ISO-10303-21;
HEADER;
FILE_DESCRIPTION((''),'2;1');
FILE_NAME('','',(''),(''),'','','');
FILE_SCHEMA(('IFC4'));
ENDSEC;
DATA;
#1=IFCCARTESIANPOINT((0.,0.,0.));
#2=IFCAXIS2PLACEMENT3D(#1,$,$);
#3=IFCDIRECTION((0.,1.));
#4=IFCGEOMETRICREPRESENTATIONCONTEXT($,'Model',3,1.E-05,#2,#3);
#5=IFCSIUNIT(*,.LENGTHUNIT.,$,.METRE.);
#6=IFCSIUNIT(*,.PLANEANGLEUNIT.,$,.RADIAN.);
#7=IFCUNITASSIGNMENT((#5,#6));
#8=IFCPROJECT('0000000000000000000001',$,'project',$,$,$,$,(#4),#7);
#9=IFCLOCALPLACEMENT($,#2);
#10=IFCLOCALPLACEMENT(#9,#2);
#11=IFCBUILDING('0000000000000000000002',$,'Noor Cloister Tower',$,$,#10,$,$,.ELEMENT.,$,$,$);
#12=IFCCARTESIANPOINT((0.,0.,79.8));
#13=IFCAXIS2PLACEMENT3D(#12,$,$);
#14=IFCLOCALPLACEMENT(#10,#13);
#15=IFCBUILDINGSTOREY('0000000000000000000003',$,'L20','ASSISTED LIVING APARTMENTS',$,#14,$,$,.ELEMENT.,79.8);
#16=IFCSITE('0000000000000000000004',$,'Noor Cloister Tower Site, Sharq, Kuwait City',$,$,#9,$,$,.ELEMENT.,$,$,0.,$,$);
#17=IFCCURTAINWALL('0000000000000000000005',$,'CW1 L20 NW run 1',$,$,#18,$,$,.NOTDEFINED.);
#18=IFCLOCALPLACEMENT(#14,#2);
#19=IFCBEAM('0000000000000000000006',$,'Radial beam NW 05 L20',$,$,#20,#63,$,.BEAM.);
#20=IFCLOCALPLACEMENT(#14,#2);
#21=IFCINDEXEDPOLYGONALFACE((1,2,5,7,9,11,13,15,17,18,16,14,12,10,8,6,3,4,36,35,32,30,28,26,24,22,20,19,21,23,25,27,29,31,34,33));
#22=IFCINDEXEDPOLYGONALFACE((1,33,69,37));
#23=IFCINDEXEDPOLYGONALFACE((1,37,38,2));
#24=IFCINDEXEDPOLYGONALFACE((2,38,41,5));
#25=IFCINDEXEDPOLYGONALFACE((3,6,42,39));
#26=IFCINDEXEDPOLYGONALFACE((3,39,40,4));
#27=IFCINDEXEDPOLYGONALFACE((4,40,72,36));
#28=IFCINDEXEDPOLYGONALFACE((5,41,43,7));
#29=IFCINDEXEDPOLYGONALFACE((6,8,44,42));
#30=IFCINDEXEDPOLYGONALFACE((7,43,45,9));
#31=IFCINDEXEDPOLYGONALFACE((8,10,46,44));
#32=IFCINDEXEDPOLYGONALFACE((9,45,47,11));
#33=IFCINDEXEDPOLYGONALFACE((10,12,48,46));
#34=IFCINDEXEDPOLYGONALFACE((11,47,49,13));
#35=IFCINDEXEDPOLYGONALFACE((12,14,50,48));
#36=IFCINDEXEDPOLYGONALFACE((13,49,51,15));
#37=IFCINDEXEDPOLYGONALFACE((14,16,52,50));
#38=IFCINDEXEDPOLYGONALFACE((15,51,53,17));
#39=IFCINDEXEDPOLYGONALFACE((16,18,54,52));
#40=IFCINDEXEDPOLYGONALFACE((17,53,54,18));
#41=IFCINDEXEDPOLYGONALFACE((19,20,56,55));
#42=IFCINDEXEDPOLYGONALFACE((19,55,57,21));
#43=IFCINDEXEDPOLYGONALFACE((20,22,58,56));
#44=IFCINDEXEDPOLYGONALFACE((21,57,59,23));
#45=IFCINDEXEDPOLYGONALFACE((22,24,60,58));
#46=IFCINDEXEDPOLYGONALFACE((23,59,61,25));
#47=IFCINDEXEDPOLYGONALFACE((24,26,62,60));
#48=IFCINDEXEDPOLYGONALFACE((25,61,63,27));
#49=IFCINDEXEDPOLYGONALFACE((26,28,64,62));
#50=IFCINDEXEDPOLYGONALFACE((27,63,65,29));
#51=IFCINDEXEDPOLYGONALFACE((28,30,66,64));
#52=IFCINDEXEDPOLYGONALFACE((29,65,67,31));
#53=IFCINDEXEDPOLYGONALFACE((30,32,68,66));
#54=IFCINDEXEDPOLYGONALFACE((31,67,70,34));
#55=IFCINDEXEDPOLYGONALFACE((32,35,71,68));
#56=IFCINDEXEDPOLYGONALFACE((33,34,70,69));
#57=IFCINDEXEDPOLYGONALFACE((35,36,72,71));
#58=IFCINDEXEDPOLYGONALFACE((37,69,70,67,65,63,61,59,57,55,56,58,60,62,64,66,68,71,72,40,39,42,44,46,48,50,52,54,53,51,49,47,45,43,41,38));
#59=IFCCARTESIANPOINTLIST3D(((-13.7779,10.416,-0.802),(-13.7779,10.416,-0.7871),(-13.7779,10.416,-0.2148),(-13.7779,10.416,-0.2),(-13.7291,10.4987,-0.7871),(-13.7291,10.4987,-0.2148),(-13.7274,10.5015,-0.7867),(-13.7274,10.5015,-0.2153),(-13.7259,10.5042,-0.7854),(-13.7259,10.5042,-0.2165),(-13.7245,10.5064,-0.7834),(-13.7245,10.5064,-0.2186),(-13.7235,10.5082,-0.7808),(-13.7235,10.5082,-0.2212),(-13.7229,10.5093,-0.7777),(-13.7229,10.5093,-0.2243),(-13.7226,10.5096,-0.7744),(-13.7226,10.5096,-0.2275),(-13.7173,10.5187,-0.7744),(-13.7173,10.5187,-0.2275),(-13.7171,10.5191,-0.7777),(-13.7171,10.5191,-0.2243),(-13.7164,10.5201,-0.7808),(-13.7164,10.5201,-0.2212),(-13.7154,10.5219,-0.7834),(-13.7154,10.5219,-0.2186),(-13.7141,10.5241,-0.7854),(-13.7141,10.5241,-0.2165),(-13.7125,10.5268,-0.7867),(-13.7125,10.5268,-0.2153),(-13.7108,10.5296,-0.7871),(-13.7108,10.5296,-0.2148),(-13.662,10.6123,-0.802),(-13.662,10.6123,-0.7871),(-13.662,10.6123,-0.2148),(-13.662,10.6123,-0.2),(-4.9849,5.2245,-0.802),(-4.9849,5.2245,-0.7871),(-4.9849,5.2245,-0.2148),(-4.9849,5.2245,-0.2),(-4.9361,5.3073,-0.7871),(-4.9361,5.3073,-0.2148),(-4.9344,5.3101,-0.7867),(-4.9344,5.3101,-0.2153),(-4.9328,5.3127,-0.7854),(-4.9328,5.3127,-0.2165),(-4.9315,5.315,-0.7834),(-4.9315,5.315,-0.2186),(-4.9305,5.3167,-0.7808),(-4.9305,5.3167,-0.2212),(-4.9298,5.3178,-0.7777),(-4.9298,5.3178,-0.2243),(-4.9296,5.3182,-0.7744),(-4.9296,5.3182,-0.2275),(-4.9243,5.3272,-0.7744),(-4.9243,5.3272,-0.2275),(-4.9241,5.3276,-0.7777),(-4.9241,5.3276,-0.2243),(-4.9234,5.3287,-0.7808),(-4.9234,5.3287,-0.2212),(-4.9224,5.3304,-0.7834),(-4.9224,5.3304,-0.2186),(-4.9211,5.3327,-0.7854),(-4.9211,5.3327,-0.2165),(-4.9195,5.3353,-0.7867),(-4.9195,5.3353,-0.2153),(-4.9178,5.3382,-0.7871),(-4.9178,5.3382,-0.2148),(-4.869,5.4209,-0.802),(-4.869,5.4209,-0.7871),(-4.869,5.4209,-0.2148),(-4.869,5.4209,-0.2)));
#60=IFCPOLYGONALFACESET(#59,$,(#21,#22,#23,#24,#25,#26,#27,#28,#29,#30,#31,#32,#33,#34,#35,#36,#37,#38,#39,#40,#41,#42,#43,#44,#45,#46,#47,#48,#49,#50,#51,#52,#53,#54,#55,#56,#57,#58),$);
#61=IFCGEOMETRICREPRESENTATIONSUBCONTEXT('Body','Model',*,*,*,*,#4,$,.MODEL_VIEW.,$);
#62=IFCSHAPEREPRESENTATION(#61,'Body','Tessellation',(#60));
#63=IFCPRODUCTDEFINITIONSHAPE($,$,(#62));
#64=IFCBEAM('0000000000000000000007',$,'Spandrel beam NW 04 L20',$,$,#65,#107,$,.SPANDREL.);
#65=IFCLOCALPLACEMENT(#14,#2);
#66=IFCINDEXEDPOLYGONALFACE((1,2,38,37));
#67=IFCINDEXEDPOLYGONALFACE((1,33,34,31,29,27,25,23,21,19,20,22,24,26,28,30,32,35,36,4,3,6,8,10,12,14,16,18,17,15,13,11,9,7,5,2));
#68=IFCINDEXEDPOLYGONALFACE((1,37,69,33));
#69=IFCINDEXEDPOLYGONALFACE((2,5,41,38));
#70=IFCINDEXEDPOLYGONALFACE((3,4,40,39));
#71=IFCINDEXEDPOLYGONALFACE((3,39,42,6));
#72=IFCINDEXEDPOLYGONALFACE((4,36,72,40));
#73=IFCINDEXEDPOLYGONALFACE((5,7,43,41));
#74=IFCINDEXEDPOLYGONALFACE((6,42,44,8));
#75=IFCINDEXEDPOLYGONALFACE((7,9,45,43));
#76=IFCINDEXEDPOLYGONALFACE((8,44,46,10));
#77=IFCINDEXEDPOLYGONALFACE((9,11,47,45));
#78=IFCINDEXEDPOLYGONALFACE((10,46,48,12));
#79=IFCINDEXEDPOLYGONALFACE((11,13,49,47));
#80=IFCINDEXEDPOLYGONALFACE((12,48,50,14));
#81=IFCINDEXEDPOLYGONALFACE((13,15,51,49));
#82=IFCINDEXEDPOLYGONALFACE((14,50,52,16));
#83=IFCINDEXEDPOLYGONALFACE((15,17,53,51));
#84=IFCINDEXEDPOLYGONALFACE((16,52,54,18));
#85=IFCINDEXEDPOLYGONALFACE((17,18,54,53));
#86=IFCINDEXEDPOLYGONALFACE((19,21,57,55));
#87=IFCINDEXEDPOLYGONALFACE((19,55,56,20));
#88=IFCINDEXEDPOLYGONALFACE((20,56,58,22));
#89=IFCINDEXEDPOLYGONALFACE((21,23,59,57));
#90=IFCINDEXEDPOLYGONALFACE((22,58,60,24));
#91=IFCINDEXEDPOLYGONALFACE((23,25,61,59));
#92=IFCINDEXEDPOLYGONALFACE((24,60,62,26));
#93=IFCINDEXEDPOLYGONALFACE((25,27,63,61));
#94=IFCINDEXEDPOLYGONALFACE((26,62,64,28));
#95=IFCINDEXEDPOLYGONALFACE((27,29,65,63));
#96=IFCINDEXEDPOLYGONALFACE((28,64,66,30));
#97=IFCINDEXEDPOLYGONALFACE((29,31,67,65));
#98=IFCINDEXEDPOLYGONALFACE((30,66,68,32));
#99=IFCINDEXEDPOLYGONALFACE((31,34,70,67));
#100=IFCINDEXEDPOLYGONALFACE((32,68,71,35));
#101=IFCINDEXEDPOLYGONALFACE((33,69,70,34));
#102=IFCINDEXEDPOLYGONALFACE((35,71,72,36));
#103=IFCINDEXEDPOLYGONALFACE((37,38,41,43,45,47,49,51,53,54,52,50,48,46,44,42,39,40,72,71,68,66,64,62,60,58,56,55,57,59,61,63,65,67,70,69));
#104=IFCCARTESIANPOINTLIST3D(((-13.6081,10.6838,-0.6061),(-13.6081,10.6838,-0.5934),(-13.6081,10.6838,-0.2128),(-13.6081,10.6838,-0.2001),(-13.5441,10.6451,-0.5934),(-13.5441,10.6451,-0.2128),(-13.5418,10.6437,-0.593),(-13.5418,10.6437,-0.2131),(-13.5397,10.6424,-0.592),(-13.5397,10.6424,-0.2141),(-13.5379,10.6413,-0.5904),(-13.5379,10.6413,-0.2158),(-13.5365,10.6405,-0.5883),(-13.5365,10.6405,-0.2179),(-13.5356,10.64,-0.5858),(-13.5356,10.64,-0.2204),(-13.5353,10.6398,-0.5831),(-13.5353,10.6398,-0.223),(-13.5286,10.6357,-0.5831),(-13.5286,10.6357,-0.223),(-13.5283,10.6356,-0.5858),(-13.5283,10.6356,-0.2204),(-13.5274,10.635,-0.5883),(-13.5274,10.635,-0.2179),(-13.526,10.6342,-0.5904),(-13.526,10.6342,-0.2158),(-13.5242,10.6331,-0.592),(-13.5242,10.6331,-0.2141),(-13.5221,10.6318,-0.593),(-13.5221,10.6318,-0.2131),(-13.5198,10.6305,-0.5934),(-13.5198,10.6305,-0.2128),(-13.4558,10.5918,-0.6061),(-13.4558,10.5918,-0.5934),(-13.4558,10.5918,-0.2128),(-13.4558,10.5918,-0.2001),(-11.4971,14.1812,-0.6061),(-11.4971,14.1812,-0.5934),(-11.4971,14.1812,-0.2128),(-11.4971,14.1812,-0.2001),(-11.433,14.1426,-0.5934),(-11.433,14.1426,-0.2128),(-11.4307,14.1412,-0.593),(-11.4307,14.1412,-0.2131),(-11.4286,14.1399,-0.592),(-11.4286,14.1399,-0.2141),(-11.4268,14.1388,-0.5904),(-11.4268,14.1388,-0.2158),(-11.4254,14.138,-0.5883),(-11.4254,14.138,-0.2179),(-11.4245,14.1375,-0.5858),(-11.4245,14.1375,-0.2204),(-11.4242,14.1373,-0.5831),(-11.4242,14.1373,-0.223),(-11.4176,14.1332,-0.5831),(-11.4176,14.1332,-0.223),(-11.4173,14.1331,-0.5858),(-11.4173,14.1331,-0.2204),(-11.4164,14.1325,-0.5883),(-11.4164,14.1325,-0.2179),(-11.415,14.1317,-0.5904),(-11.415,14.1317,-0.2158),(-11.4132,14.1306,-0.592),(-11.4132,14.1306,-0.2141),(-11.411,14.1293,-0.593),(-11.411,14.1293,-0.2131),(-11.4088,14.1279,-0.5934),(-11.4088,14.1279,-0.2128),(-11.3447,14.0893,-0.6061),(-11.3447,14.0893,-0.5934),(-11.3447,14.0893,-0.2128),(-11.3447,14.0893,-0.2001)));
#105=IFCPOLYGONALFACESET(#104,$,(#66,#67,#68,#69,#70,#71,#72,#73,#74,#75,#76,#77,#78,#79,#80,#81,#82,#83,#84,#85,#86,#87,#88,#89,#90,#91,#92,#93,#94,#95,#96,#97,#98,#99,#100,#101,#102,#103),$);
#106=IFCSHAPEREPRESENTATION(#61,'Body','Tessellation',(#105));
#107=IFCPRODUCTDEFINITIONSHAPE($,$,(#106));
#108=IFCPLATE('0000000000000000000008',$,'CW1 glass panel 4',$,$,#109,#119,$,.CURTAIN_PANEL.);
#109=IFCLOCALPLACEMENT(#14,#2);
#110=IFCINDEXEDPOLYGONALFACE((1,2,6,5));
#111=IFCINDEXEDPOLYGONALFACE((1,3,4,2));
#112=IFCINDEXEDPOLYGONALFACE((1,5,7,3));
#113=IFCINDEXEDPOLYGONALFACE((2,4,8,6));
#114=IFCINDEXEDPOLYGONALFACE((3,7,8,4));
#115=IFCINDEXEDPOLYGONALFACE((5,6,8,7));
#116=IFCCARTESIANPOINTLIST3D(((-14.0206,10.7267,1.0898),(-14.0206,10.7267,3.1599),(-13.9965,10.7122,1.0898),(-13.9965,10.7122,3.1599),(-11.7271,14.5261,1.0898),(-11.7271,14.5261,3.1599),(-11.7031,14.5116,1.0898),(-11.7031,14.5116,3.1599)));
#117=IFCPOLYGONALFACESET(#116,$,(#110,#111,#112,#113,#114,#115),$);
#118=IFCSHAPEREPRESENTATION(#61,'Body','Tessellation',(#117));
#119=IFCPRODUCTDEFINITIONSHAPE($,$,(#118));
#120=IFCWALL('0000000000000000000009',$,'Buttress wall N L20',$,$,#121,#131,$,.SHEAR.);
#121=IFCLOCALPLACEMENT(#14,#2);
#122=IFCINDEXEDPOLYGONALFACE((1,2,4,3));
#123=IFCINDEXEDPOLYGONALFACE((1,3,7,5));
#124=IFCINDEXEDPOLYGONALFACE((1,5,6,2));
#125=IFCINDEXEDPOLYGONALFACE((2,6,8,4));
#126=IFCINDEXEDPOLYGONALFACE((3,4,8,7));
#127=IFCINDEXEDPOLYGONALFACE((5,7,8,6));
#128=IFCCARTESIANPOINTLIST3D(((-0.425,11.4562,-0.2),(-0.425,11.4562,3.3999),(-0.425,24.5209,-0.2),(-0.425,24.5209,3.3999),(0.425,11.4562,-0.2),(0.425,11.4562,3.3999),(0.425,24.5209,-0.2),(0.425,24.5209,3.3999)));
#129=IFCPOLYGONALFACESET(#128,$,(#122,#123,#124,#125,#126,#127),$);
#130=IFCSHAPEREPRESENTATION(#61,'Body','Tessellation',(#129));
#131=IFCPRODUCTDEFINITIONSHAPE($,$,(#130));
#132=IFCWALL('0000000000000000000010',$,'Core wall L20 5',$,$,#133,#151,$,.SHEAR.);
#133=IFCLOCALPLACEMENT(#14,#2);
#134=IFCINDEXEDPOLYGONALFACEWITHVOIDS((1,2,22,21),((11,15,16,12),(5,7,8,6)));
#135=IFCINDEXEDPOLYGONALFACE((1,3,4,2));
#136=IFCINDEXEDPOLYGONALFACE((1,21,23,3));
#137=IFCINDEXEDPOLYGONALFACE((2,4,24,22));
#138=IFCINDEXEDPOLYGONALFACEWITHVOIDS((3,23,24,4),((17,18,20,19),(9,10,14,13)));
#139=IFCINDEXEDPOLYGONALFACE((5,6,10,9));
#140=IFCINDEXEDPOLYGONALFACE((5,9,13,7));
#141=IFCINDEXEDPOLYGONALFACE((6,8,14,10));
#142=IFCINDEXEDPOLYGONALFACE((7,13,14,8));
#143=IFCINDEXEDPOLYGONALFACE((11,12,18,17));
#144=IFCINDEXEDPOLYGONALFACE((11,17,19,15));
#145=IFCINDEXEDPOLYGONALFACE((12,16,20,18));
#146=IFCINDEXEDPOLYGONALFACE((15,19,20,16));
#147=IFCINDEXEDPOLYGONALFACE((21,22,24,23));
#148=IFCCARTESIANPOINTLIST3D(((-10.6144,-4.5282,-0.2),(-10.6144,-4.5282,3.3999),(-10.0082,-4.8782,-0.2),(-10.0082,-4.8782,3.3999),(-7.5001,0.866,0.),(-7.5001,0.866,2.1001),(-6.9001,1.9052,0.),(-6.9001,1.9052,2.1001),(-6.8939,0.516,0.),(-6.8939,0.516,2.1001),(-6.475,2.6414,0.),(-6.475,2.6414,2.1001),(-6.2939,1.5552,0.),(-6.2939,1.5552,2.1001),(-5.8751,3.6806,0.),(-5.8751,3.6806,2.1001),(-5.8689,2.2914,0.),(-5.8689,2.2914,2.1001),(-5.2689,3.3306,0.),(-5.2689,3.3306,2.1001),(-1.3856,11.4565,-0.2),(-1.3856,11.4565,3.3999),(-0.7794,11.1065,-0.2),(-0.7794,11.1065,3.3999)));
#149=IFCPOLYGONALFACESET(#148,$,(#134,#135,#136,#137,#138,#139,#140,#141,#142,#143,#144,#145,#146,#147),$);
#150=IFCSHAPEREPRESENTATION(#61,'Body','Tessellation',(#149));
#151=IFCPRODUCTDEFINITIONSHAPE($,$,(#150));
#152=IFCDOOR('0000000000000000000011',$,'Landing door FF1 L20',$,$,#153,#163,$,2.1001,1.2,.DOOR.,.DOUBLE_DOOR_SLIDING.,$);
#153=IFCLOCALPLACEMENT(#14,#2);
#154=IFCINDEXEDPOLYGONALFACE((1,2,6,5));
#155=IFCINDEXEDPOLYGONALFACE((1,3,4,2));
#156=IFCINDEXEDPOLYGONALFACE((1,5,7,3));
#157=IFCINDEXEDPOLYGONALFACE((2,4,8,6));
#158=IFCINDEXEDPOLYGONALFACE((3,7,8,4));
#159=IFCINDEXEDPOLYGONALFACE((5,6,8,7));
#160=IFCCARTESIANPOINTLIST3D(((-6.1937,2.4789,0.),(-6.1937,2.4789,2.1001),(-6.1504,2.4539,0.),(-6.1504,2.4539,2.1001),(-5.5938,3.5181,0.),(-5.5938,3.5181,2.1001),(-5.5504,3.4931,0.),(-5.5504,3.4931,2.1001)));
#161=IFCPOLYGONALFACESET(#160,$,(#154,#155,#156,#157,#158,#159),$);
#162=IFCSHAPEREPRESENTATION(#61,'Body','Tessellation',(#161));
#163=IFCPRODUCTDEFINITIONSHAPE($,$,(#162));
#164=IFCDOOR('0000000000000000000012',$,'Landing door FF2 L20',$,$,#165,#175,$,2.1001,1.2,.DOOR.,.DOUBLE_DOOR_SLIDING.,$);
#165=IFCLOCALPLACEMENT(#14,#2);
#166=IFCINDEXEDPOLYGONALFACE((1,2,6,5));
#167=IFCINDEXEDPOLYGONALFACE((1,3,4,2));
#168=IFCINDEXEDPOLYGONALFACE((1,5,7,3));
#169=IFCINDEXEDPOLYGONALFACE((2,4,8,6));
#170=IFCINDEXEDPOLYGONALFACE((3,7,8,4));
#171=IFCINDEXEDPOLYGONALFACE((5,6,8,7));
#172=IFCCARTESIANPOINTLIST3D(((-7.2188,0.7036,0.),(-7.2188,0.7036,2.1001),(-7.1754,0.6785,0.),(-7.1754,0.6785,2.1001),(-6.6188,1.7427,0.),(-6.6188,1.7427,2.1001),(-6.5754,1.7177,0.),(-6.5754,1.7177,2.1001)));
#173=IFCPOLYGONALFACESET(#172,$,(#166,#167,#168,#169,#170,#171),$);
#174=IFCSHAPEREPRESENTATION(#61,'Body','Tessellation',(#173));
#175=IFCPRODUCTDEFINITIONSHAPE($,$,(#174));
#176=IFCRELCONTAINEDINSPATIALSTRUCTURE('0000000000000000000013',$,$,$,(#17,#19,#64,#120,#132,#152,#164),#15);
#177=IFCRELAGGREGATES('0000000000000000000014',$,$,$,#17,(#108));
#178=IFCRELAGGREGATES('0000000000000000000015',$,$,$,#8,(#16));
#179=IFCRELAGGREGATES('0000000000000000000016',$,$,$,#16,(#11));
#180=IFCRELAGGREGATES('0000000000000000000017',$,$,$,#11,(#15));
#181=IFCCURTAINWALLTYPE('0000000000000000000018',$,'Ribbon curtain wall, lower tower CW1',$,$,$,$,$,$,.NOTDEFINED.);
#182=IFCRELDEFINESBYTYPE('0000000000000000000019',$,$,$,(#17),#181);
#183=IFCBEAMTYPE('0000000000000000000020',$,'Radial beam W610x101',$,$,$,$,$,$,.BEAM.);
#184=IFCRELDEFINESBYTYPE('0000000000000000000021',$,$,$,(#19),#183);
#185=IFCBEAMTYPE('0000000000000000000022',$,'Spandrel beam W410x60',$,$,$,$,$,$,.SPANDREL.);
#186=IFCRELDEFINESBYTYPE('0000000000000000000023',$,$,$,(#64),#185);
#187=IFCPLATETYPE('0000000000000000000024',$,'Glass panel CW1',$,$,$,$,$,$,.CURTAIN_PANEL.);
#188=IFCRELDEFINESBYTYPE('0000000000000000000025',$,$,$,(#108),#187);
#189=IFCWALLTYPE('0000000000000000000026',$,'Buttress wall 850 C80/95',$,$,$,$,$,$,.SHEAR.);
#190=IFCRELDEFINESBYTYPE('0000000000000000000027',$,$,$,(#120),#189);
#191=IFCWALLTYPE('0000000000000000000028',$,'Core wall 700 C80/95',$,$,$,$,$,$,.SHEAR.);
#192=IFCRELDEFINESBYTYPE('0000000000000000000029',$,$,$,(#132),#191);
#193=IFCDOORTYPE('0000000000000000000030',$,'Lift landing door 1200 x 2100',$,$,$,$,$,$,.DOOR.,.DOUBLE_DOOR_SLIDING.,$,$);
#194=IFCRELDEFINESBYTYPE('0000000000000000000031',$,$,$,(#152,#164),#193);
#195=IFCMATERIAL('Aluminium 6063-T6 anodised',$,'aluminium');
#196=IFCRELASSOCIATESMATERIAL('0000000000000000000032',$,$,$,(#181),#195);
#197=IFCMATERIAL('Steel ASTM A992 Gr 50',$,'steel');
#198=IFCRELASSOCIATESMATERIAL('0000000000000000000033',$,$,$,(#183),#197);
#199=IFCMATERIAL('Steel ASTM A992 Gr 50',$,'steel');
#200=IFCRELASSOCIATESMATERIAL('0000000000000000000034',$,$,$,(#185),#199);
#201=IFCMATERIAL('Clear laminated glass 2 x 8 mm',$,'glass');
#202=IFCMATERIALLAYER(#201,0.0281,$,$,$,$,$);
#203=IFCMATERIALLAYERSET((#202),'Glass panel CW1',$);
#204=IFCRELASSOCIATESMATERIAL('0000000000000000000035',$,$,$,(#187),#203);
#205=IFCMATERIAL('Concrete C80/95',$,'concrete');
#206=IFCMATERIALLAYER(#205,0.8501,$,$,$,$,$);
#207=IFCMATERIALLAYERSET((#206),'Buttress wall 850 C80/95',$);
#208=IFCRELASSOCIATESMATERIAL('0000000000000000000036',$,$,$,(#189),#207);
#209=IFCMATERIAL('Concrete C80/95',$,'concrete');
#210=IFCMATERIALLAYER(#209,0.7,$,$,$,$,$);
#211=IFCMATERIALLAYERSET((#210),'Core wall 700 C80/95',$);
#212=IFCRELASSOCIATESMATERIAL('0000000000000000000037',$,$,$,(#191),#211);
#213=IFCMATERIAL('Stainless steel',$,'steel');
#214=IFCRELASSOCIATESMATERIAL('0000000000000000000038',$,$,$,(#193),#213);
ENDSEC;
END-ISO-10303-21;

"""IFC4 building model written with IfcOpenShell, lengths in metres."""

from ifc_helpers import new_model, si_unit, direction, frame, frame_2d, origin, origin_2d, place, context, subcontext, project, spatial, rectangle, i_section, extrude, material, layer, layer_set, material_profile, profile_set, type_object, element, fill, aggregate, save


model = new_model("IFC4")

# Units and contexts
model_context = context("Model", 3, precision=1e-05, world=origin(), true_north=direction((0.0, 1.0)))
body_context = subcontext(model_context, "Body", "Model", "MODEL_VIEW")
ifc_project = project(units=[si_unit("LENGTHUNIT", "METRE"), si_unit("PLANEANGLEUNIT", "RADIAN")], contexts=[model_context])

# Site, building, storey
site_placement = place(None, origin())
site = spatial("IfcSite", under=ifc_project, at=site_placement, Name="Noor Cloister Tower Site, Sharq, Kuwait City", CompositionType="ELEMENT", RefElevation=0.0)
building_placement = place(site_placement, origin())
building = spatial("IfcBuilding", under=site, at=building_placement, Name="Noor Cloister Tower", CompositionType="ELEMENT")
storey_placement = place(building_placement, frame((0.0, 0.0, 79.8)))
storey = spatial("IfcBuildingStorey", under=building, at=storey_placement, Name="L20", Description="ASSISTED LIVING APARTMENTS", CompositionType="ELEMENT", Elevation=79.8)

# Curtain wall
ifc_material_1 = material(Name="Aluminium 6063-T6 anodised", Category="aluminium")
curtain_wall_type = type_object("IfcCurtainWallType", Name="Ribbon curtain wall, lower tower CW1", PredefinedType="NOTDEFINED", material=ifc_material_1)
curtain_wall_placement = place(storey_placement, origin())
curtain_wall = element("IfcCurtainWall", 1, at=curtain_wall_placement, inside=storey, type_object=curtain_wall_type, Name="CW1 L20 NW run 1", PredefinedType="NOTDEFINED")

# Beams
ifc_material_2 = material(Name="Steel ASTM A992 Gr 50", Category="steel")
ifc_material_profile_1 = material_profile(ifc_material_2, i_section(OverallWidth=0.228, OverallDepth=0.6021, WebThickness=0.0105, FlangeThickness=0.0149, FilletRadius=0.0127, at=origin_2d()), Name="W610x101")
ifc_profile_set_1 = profile_set([ifc_material_profile_1], Name="Steel ASTM A992 Gr 50")
beam_type_1 = type_object("IfcBeamType", Name="Radial beam W610x101", PredefinedType="BEAM", material=ifc_profile_set_1)
beam_1_placement = place(storey_placement, frame((-13.72, 10.5142, -0.501), z_axis=(0.861117, -0.508407, 0.0), x_axis=(0.508407, 0.861117, 0.0)))
element("IfcBeam", 2, at=beam_1_placement, inside=storey, type_object=beam_type_1, Name="Radial beam NW 05 L20", PredefinedType="BEAM", context=body_context, shape_type="SweptSolid", body=[
    extrude(i_section(OverallWidth=0.228, OverallDepth=0.6021, WebThickness=0.0105, FlangeThickness=0.0149, FilletRadius=0.0127, at=origin_2d()), origin(), (0.0, 0.0, 1.0), 10.2112),
])
ifc_material_3 = material(Name="Steel ASTM A992 Gr 50", Category="steel")
ifc_material_profile_2 = material_profile(ifc_material_3, i_section(OverallWidth=0.178, OverallDepth=0.406, WebThickness=0.0078, FlangeThickness=0.0127, FilletRadius=0.0103, at=origin_2d()), Name="W410x60")
ifc_profile_set_2 = profile_set([ifc_material_profile_2], Name="Steel ASTM A992 Gr 50")
beam_type_2 = type_object("IfcBeamType", Name="Spandrel beam W410x60", PredefinedType="SPANDREL", material=ifc_profile_set_2)
beam_2_placement = place(storey_placement, frame((-11.4209, 14.1353, -0.4031), z_axis=(-0.516753, -0.856135, 0.0), x_axis=(0.856135, -0.516753, 0.0)))
element("IfcBeam", 3, at=beam_2_placement, inside=storey, type_object=beam_type_2, Name="Spandrel beam NW 04 L20", PredefinedType="SPANDREL", context=body_context, shape_type="SweptSolid", body=[
    extrude(i_section(OverallWidth=0.178, OverallDepth=0.406, WebThickness=0.0078, FlangeThickness=0.0127, FilletRadius=0.0103, at=origin_2d()), origin(), (0.0, 0.0, 1.0), 4.0852),
])

# Plate
ifc_material_4 = material(Name="Clear laminated glass 2 x 8 mm", Category="glass")
ifc_layer_1 = layer(ifc_material_4, 0.0281)
ifc_layer_set_1 = layer_set([ifc_layer_1], Name="Glass panel CW1")
plate_type = type_object("IfcPlateType", Name="Glass panel CW1", PredefinedType="CURTAIN_PANEL", material=ifc_layer_set_1)
plate_placement = place(storey_placement, frame((-12.8618, 12.6191, 1.0898), z_axis=(0.0, 0.0, 1.0), x_axis=(-0.516774, -0.856122, 0.0)))
plate = element("IfcPlate", 4, at=plate_placement, type_object=plate_type, Name="CW1 glass panel 4", PredefinedType="CURTAIN_PANEL", context=body_context, shape_type="SweptSolid", body=[
    extrude(rectangle(XDim=4.438, YDim=0.0281, at=origin_2d()), origin(), (0.0, 0.0, 1.0), 2.0701),
])
aggregate(curtain_wall, [plate])

# Wall
ifc_material_5 = material(Name="Concrete C80/95", Category="concrete")
ifc_layer_2 = layer(ifc_material_5, 0.8501)
ifc_layer_set_2 = layer_set([ifc_layer_2], Name="Buttress wall 850 C80/95")
wall_type_1 = type_object("IfcWallType", Name="Buttress wall 850 C80/95", PredefinedType="SHEAR", material=ifc_layer_set_2)
wall_1_placement = place(storey_placement, frame((0.0, 11.4563, -0.2), z_axis=(0.0, 0.0, 1.0), x_axis=(0.0, 1.0, 0.0)))
element("IfcWall", 5, at=wall_1_placement, inside=storey, type_object=wall_type_1, Name="Buttress wall N L20", PredefinedType="SHEAR", context=body_context, shape_type="SweptSolid", body=[
    extrude(rectangle(XDim=13.0647, YDim=0.8501, at=frame_2d((6.5322, 0.0))), origin(), (0.0, 0.0, 1.0), 3.5999),
])

# Wall, openings, doors
ifc_material_6 = material(Name="Concrete C80/95", Category="concrete")
ifc_layer_3 = layer(ifc_material_6, 0.7)
ifc_layer_set_3 = layer_set([ifc_layer_3], Name="Core wall 700 C80/95")
wall_type_2 = type_object("IfcWallType", Name="Core wall 700 C80/95", PredefinedType="SHEAR", material=ifc_layer_set_3)
wall_2_placement = place(storey_placement, frame((-1.0825, 11.2815, -0.2), z_axis=(0.0, 0.0, 1.0), x_axis=(-0.500001, -0.866025, 0.0)))
wall_2 = element("IfcWall", 6, at=wall_2_placement, inside=storey, type_object=wall_type_2, Name="Core wall L20 5", PredefinedType="SHEAR", context=body_context, shape_type="SweptSolid", body=[
    extrude(rectangle(XDim=18.4575, YDim=0.7, at=frame_2d((9.2288, 0.0))), origin(), (0.0, 0.0, 1.0), 3.5999),
])
opening_1_placement = place(wall_2_placement, frame((8.9788, 0.0, 0.2)))
opening_1 = element("IfcOpeningElement", 7, at=opening_1_placement, cuts=wall_2, PredefinedType="OPENING", context=body_context, shape_type="SweptSolid", body=[
    extrude(rectangle(XDim=1.2, YDim=2.1001, at=frame_2d((0.6001, 1.05))), frame((0.0, 0.3599, 0.0), z_axis=(0.0, -1.0, 0.0), x_axis=(1.0, 0.0, 0.0)), (0.0, 0.0, 1.0), 0.72),
])
opening_2_placement = place(wall_2_placement, frame((11.0288, 0.0, 0.2)))
opening_2 = element("IfcOpeningElement", 8, at=opening_2_placement, cuts=wall_2, PredefinedType="OPENING", context=body_context, shape_type="SweptSolid", body=[
    extrude(rectangle(XDim=1.2, YDim=2.1001, at=frame_2d((0.6001, 1.05))), frame((0.0, 0.3599, 0.0), z_axis=(0.0, -1.0, 0.0), x_axis=(1.0, 0.0, 0.0)), (0.0, 0.0, 1.0), 0.72),
])
ifc_material_7 = material(Name="Stainless steel", Category="steel")
door_type_1 = type_object("IfcDoorType", Name="Lift landing door 1200 x 2100", OperationType="DOUBLE_DOOR_SLIDING", PredefinedType="DOOR", material=ifc_material_7)
door_1_placement = place(opening_1_placement, origin())
door_1 = element("IfcDoor", 9, at=door_1_placement, inside=storey, type_object=door_type_1, Name="Landing door FF1 L20", OperationType="DOUBLE_DOOR_SLIDING", OverallHeight=2.1001, OverallWidth=1.2, PredefinedType="DOOR", context=body_context, shape_type="SweptSolid", body=[
    extrude(rectangle(XDim=1.2, YDim=2.1001, at=frame_2d((0.6001, 1.05))), frame((0.0, 0.0249, 0.0), z_axis=(0.0, -1.0, 0.0), x_axis=(1.0, 0.0, 0.0)), (0.0, 0.0, 1.0), 0.05),
])
fill(opening_1, door_1)
door_2_placement = place(opening_2_placement, origin())
door_2 = element("IfcDoor", 10, at=door_2_placement, inside=storey, type_object=door_type_1, Name="Landing door FF2 L20", OperationType="DOUBLE_DOOR_SLIDING", OverallHeight=2.1001, OverallWidth=1.2, PredefinedType="DOOR", context=body_context, shape_type="SweptSolid", body=[
    extrude(rectangle(XDim=1.2, YDim=2.1001, at=frame_2d((0.6001, 1.05))), frame((0.0, 0.0249, 0.0), z_axis=(0.0, -1.0, 0.0), x_axis=(1.0, 0.0, 0.0)), (0.0, 0.0, 1.0), 0.05),
])
fill(opening_2, door_2)

save(model, "model.ifc")
